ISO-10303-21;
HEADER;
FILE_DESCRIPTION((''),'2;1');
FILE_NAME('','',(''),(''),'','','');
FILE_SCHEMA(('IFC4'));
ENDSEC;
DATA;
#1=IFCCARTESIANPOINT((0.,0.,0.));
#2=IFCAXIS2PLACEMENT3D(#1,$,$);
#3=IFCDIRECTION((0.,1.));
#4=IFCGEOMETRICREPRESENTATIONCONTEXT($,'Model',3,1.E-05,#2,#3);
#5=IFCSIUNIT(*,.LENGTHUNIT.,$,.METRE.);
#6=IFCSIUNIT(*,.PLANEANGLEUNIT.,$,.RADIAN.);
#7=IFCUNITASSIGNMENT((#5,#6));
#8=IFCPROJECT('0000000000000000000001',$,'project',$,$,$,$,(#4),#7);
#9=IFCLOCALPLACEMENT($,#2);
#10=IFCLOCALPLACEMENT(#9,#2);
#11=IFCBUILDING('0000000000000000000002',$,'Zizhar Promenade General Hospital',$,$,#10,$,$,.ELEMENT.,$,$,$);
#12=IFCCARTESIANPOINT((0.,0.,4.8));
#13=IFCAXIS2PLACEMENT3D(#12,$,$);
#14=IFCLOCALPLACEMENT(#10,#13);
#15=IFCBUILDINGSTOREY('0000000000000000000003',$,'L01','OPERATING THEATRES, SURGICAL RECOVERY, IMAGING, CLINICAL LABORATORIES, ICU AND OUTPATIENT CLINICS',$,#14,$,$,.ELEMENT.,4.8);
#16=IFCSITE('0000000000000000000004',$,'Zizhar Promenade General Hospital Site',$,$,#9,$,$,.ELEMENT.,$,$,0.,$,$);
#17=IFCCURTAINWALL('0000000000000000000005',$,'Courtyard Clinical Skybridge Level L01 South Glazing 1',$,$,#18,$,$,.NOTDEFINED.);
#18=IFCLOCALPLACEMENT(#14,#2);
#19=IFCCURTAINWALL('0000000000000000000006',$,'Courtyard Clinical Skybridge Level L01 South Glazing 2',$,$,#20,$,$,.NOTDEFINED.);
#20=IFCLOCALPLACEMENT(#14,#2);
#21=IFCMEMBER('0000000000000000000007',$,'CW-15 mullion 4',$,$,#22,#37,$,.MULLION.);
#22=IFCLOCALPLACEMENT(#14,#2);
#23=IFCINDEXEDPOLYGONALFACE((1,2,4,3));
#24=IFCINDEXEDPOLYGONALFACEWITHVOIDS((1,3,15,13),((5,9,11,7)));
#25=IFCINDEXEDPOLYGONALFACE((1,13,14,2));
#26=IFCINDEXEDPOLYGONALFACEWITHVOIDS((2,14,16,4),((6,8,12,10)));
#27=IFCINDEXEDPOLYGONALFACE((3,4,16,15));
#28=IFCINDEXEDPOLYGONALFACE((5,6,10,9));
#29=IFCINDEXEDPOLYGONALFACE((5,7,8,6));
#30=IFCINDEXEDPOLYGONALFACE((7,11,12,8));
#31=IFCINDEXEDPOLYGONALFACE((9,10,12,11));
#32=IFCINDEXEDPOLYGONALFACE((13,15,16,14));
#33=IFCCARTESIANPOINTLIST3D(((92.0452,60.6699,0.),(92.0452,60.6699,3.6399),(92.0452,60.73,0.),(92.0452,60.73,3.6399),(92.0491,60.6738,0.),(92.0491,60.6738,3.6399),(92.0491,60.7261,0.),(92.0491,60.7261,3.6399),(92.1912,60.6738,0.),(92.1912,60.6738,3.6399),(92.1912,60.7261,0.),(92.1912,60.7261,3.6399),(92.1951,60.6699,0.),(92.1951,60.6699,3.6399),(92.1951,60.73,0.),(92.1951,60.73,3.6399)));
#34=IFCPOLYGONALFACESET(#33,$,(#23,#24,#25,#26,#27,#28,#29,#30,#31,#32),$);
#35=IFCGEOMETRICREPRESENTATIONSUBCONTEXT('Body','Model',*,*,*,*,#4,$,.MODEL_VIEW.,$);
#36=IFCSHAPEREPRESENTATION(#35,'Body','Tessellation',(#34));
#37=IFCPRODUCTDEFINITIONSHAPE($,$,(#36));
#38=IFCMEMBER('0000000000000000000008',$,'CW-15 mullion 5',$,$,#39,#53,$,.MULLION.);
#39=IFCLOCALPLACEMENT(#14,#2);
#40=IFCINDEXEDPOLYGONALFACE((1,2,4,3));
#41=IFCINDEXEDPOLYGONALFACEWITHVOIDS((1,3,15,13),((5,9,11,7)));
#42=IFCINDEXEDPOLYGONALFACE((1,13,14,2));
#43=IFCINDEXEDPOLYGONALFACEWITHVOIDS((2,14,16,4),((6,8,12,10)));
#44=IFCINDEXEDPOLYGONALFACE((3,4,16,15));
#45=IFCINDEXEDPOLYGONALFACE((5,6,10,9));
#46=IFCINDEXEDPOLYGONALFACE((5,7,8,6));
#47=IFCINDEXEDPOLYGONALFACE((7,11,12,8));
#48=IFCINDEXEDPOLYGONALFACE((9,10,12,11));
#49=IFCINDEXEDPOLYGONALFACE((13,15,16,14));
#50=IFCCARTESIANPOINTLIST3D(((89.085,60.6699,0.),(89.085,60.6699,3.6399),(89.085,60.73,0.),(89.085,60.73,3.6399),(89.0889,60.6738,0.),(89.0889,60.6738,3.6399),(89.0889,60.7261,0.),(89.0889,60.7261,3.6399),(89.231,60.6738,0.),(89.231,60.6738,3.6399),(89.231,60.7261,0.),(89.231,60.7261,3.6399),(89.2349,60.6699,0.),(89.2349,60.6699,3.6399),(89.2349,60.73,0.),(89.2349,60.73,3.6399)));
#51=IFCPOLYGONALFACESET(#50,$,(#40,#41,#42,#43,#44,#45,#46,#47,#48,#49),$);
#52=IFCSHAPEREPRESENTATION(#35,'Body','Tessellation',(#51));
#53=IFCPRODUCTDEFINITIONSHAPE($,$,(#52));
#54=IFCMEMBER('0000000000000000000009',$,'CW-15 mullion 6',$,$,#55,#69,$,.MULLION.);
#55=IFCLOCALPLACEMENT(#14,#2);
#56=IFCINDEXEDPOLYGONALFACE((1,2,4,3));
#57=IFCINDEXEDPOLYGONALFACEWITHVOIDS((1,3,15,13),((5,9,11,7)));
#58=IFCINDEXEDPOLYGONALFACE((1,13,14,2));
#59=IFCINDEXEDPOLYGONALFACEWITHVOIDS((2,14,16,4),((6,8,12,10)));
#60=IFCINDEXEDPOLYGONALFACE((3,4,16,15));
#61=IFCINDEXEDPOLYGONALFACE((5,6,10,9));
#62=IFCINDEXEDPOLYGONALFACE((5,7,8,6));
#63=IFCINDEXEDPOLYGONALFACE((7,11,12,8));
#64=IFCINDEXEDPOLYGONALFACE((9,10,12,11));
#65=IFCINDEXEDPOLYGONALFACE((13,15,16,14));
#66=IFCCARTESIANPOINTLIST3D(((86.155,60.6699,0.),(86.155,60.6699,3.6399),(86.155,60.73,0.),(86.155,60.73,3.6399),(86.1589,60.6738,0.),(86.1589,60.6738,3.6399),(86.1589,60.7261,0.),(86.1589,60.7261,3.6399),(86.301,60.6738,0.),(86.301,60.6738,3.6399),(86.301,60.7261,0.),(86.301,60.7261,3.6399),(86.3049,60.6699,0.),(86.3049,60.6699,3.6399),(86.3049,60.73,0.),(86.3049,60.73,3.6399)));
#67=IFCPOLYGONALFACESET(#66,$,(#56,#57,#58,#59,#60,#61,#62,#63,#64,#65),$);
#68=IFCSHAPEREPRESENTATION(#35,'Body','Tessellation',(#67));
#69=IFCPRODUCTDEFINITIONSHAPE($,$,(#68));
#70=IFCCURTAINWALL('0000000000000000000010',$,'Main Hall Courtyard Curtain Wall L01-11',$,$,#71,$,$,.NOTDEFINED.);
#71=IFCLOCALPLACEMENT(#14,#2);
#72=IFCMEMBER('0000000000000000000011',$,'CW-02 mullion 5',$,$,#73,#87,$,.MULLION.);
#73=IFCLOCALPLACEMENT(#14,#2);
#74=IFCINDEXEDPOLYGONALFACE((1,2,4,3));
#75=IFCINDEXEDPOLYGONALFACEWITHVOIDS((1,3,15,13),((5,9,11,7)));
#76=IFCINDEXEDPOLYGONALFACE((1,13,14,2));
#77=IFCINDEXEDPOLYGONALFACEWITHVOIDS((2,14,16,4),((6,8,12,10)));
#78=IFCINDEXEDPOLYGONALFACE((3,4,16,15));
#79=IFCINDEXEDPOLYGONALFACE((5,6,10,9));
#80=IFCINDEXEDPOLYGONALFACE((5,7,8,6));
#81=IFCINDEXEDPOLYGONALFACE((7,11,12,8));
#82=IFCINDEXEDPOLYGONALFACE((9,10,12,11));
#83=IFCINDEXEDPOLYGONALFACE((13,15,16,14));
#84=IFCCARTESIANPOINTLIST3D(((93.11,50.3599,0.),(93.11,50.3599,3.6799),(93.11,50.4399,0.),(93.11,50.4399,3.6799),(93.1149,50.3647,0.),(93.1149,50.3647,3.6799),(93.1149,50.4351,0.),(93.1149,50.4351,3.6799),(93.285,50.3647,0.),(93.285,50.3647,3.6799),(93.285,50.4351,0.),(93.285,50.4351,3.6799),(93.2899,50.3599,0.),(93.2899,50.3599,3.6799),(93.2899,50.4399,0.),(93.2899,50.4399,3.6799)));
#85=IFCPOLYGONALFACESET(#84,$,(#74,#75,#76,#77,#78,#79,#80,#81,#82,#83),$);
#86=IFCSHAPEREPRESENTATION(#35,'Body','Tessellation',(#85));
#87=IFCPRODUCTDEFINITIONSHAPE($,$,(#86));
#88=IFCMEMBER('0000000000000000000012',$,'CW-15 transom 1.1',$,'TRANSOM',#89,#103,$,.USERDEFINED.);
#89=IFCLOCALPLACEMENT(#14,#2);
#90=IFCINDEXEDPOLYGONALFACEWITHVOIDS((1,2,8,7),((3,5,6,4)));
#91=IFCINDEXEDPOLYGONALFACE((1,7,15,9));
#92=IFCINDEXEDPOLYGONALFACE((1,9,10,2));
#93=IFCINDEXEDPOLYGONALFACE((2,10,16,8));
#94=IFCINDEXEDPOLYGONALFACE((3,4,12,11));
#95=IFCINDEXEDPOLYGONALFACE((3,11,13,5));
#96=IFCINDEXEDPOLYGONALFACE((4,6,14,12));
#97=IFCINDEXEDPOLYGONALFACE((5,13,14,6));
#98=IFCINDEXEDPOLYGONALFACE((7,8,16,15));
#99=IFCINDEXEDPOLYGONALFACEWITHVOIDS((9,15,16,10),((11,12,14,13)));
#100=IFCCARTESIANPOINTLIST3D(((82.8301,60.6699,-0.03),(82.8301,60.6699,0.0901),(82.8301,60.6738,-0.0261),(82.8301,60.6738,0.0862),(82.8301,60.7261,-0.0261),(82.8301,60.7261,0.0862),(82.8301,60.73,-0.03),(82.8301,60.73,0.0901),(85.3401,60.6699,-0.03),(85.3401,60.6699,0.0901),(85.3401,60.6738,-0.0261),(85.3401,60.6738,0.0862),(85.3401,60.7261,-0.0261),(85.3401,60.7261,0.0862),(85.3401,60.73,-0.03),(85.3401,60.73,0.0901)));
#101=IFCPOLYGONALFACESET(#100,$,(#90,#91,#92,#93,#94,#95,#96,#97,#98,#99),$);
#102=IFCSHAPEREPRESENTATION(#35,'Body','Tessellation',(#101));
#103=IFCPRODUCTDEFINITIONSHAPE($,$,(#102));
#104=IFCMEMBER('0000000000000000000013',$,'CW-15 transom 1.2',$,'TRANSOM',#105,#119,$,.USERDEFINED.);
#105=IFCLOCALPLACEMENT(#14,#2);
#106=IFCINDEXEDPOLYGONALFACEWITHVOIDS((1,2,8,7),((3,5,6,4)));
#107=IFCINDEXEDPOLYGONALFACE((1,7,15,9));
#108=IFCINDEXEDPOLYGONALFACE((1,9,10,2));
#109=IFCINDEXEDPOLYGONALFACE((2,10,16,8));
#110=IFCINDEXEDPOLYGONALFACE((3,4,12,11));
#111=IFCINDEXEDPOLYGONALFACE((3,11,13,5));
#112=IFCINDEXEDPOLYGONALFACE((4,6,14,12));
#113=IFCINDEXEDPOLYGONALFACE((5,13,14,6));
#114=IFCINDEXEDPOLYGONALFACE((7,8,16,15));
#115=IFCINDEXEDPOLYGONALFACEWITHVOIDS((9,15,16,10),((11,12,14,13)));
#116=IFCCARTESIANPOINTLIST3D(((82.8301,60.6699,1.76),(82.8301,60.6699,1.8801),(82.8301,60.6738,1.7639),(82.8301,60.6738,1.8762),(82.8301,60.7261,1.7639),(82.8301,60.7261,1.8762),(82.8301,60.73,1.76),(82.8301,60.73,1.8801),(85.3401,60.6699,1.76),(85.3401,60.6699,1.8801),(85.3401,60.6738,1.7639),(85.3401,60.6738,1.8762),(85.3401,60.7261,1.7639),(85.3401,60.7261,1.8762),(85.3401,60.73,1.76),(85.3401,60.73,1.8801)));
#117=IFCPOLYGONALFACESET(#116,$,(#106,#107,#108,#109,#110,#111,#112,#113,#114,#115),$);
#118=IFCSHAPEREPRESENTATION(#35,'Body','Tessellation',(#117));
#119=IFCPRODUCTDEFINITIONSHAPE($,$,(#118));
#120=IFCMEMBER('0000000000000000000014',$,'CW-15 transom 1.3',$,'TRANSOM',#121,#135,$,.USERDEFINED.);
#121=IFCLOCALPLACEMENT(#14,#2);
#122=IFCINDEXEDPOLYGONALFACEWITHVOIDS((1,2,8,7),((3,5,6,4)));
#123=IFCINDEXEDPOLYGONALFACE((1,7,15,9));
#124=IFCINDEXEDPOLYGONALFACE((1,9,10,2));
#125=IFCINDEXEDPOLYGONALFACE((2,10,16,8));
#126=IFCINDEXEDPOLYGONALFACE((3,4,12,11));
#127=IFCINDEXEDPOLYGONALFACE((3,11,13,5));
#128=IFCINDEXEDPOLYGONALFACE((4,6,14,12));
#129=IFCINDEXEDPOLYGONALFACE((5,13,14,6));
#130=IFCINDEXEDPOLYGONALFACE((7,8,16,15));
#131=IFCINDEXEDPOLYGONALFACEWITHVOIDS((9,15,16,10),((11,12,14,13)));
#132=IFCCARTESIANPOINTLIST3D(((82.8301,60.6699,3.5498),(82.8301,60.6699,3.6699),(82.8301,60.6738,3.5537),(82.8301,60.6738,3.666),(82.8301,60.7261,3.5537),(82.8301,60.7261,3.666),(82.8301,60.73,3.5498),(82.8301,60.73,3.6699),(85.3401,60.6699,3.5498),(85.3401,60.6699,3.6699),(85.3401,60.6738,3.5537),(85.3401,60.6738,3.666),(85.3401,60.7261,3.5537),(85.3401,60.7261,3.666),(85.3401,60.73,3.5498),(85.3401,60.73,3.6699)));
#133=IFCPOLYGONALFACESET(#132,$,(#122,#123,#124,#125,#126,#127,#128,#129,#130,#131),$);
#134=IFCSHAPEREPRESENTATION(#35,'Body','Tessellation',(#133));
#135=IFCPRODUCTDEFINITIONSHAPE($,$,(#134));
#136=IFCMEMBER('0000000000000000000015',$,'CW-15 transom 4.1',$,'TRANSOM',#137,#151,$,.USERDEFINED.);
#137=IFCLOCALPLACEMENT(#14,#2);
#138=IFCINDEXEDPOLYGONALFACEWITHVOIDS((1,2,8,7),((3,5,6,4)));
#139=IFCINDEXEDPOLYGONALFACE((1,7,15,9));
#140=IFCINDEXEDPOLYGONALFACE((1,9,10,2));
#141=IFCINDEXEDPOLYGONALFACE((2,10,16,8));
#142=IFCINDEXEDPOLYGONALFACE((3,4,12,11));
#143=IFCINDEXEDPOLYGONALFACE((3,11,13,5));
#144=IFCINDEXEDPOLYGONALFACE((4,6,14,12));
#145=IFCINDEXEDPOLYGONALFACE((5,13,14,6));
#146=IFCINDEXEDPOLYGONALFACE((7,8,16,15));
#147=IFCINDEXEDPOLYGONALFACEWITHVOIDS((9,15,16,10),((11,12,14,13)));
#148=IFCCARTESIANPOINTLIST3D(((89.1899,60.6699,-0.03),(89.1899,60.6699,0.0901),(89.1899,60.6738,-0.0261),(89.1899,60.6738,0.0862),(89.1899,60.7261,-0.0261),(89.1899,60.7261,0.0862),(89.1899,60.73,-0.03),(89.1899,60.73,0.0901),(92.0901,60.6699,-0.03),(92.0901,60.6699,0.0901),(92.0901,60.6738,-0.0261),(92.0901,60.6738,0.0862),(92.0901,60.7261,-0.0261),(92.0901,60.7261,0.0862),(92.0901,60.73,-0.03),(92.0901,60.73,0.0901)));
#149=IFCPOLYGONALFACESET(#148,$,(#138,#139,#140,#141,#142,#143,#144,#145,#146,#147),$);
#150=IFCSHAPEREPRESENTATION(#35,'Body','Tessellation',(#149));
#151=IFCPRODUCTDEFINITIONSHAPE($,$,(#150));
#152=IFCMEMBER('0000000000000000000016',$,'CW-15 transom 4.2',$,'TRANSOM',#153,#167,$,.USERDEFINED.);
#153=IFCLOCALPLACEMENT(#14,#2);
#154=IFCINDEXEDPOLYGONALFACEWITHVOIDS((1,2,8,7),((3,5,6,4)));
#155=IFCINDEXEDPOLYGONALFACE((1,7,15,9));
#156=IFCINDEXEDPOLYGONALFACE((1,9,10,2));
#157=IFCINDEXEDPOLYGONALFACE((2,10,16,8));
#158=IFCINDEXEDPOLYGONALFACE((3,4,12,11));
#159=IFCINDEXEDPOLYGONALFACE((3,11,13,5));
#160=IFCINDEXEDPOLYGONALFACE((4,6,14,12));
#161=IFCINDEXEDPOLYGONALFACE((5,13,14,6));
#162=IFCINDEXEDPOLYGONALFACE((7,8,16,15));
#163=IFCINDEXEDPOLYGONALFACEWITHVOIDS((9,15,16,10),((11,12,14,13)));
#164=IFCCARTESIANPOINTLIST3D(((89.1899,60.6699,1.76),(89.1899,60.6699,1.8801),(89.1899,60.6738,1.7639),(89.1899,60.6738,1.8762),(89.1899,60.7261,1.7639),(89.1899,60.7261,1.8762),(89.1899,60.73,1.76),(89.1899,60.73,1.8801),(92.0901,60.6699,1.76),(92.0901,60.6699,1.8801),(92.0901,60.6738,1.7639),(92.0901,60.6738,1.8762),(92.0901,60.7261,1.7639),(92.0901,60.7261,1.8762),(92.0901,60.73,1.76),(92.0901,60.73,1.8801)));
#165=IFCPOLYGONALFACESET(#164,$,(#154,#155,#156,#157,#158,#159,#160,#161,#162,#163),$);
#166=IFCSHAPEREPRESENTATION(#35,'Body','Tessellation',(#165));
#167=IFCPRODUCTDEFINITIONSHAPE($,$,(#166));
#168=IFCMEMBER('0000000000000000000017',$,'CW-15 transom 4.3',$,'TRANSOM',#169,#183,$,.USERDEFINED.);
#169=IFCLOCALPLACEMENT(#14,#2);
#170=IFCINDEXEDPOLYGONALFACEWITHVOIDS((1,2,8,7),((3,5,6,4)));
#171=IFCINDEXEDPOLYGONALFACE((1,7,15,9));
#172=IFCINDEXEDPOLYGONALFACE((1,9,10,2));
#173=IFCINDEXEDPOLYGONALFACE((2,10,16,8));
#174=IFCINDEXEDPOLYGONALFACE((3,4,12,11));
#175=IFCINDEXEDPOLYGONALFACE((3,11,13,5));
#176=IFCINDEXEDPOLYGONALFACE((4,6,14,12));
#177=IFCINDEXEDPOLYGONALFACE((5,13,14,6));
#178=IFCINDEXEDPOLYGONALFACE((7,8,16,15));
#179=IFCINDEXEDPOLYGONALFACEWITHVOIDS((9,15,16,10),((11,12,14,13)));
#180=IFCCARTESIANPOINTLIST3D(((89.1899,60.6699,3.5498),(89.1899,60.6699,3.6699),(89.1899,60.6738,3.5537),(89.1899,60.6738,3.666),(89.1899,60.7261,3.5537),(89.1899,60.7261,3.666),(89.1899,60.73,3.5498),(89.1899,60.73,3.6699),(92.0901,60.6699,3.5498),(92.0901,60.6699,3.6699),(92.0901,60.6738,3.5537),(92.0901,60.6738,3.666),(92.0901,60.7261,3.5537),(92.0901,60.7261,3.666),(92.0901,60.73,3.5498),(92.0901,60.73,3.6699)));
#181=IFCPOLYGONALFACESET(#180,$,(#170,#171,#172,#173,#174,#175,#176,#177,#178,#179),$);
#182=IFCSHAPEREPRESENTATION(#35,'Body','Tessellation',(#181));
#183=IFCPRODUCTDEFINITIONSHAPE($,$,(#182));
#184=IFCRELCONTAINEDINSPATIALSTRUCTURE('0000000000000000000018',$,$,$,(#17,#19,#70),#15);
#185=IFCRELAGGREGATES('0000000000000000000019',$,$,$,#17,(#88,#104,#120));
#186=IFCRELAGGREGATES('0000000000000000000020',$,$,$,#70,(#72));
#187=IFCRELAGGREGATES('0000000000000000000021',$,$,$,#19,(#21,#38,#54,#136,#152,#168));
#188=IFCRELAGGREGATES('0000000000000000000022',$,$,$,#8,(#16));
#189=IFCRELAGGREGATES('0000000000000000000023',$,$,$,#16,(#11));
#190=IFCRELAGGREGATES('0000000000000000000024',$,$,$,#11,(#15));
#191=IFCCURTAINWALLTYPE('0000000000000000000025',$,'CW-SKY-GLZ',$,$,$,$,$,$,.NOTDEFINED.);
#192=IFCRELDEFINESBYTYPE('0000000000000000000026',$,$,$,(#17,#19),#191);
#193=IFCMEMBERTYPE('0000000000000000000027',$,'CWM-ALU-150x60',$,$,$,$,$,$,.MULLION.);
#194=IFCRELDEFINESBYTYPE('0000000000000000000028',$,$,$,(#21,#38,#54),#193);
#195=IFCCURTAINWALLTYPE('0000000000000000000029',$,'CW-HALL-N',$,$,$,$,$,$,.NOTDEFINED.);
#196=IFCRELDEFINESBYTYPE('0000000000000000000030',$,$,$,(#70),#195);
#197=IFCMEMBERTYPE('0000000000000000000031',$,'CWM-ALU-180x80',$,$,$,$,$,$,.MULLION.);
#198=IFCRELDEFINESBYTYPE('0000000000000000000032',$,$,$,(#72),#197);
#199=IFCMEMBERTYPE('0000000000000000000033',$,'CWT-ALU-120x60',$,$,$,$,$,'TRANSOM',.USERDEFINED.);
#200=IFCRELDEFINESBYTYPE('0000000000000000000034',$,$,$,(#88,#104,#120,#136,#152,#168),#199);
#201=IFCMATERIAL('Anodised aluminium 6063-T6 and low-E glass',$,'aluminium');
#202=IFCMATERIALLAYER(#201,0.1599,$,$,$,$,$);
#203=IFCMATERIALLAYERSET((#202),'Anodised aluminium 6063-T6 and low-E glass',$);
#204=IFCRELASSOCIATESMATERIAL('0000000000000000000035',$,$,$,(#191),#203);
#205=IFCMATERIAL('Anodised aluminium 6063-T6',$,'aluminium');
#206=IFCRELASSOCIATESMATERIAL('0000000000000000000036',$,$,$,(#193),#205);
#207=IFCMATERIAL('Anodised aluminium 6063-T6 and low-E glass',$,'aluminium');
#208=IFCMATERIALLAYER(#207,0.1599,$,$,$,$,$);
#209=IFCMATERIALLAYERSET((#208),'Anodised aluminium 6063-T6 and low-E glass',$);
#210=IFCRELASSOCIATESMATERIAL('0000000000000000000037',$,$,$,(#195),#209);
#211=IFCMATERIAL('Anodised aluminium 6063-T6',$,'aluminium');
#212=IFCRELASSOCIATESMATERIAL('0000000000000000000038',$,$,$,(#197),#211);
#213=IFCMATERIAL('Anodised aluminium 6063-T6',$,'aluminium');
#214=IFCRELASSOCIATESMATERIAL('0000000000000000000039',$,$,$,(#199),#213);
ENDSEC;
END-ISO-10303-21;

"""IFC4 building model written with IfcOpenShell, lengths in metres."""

from ifc_helpers import new_model, si_unit, direction, frame, origin, origin_2d, place, context, subcontext, project, spatial, hollow_rectangle, extrude, material, layer, layer_set, material_profile, profile_set, type_object, element, aggregate, save


model = new_model("IFC4")

# Units and contexts
model_context = context("Model", 3, precision=1e-05, world=origin(), true_north=direction((0.0, 1.0)))
body_context = subcontext(model_context, "Body", "Model", "MODEL_VIEW")
ifc_project = project(units=[si_unit("LENGTHUNIT", "METRE"), si_unit("PLANEANGLEUNIT", "RADIAN")], contexts=[model_context])

# Site, building, storey
site_placement = place(None, origin())
site = spatial("IfcSite", under=ifc_project, at=site_placement, Name="Zizhar Promenade General Hospital Site", CompositionType="ELEMENT", RefElevation=0.0)
building_placement = place(site_placement, origin())
building = spatial("IfcBuilding", under=site, at=building_placement, Name="Zizhar Promenade General Hospital", CompositionType="ELEMENT")
storey_placement = place(building_placement, frame((0.0, 0.0, 4.8)))
storey = spatial("IfcBuildingStorey", under=building, at=storey_placement, Name="L01", Description="OPERATING THEATRES, SURGICAL RECOVERY, IMAGING, CLINICAL LABORATORIES, ICU AND OUTPATIENT CLINICS", CompositionType="ELEMENT", Elevation=4.8)

# Curtain wall
ifc_material_1 = material(Name="Anodised aluminium 6063-T6 and low-E glass", Category="aluminium")
ifc_layer_1 = layer(ifc_material_1, 0.1599)
ifc_layer_set_1 = layer_set([ifc_layer_1], Name="Anodised aluminium 6063-T6 and low-E glass")
curtain_wall_type_1 = type_object("IfcCurtainWallType", Name="CW-SKY-GLZ", PredefinedType="NOTDEFINED", material=ifc_layer_set_1)
curtain_wall_1_placement = place(storey_placement, origin())
curtain_wall_1 = element("IfcCurtainWall", 1, at=curtain_wall_1_placement, inside=storey, type_object=curtain_wall_type_1, Name="Courtyard Clinical Skybridge Level L01 South Glazing 1", PredefinedType="NOTDEFINED")
ifc_material_2 = material(Name="Anodised aluminium 6063-T6", Category="aluminium")
ifc_material_profile_1 = material_profile(ifc_material_2, hollow_rectangle(XDim=0.0601, YDim=0.1499, WallThickness=0.0039, at=origin_2d()))
ifc_profile_set_1 = profile_set([ifc_material_profile_1], Name="Anodised aluminium 6063-T6")
member_type_1 = type_object("IfcMemberType", Name="CWM-ALU-150x60", PredefinedType="MULLION", material=ifc_profile_set_1)

# Curtain wall, members
curtain_wall_2_placement = place(storey_placement, origin())
curtain_wall_2 = element("IfcCurtainWall", 2, at=curtain_wall_2_placement, inside=storey, type_object=curtain_wall_type_1, Name="Courtyard Clinical Skybridge Level L01 South Glazing 2", PredefinedType="NOTDEFINED")
member_1_placement = place(storey_placement, frame((92.1201, 60.7, 0.0), z_axis=(0.0, 0.0, 1.0), x_axis=(0.0, -1.0, 0.0)))
member_1 = element("IfcMember", 3, at=member_1_placement, type_object=member_type_1, Name="CW-15 mullion 4", PredefinedType="MULLION", context=body_context, shape_type="SweptSolid", body=[
    extrude(hollow_rectangle(XDim=0.0601, YDim=0.1499, WallThickness=0.0039, at=origin_2d()), origin(), (0.0, 0.0, 1.0), 3.6399),
])
member_2_placement = place(storey_placement, frame((89.1599, 60.7, 0.0), z_axis=(0.0, 0.0, 1.0), x_axis=(0.0, -1.0, 0.0)))
member_2 = element("IfcMember", 4, at=member_2_placement, type_object=member_type_1, Name="CW-15 mullion 5", PredefinedType="MULLION", context=body_context, shape_type="SweptSolid", body=[
    extrude(hollow_rectangle(XDim=0.0601, YDim=0.1499, WallThickness=0.0039, at=origin_2d()), origin(), (0.0, 0.0, 1.0), 3.6399),
])
member_3_placement = place(storey_placement, frame((86.23, 60.7, 0.0), z_axis=(0.0, 0.0, 1.0), x_axis=(0.0, -1.0, 0.0)))
member_3 = element("IfcMember", 5, at=member_3_placement, type_object=member_type_1, Name="CW-15 mullion 6", PredefinedType="MULLION", context=body_context, shape_type="SweptSolid", body=[
    extrude(hollow_rectangle(XDim=0.0601, YDim=0.1499, WallThickness=0.0039, at=origin_2d()), origin(), (0.0, 0.0, 1.0), 3.6399),
])

# Curtain wall, member
ifc_material_3 = material(Name="Anodised aluminium 6063-T6 and low-E glass", Category="aluminium")
ifc_layer_2 = layer(ifc_material_3, 0.1599)
ifc_layer_set_2 = layer_set([ifc_layer_2], Name="Anodised aluminium 6063-T6 and low-E glass")
curtain_wall_type_2 = type_object("IfcCurtainWallType", Name="CW-HALL-N", PredefinedType="NOTDEFINED", material=ifc_layer_set_2)
curtain_wall_3_placement = place(storey_placement, origin())
curtain_wall_3 = element("IfcCurtainWall", 6, at=curtain_wall_3_placement, inside=storey, type_object=curtain_wall_type_2, Name="Main Hall Courtyard Curtain Wall L01-11", PredefinedType="NOTDEFINED")
ifc_material_4 = material(Name="Anodised aluminium 6063-T6", Category="aluminium")
ifc_material_profile_2 = material_profile(ifc_material_4, hollow_rectangle(XDim=0.0801, YDim=0.1799, WallThickness=0.0049, at=origin_2d()))
ifc_profile_set_2 = profile_set([ifc_material_profile_2], Name="Anodised aluminium 6063-T6")
member_type_2 = type_object("IfcMemberType", Name="CWM-ALU-180x80", PredefinedType="MULLION", material=ifc_profile_set_2)
member_4_placement = place(storey_placement, frame((93.2, 50.3999, 0.0), z_axis=(0.0, 0.0, 1.0), x_axis=(0.0, 1.0, 0.0)))
member_4 = element("IfcMember", 7, at=member_4_placement, type_object=member_type_2, Name="CW-02 mullion 5", PredefinedType="MULLION", context=body_context, shape_type="SweptSolid", body=[
    extrude(hollow_rectangle(XDim=0.0801, YDim=0.1799, WallThickness=0.0049, at=origin_2d()), origin(), (0.0, 0.0, 1.0), 3.6799),
])

# Members
ifc_material_5 = material(Name="Anodised aluminium 6063-T6", Category="aluminium")
ifc_material_profile_3 = material_profile(ifc_material_5, hollow_rectangle(XDim=0.0601, YDim=0.1201, WallThickness=0.0039, at=origin_2d()))
ifc_profile_set_3 = profile_set([ifc_material_profile_3], Name="Anodised aluminium 6063-T6")
member_type_3 = type_object("IfcMemberType", Name="CWT-ALU-120x60", ElementType="TRANSOM", PredefinedType="USERDEFINED", material=ifc_profile_set_3)
member_5_placement = place(storey_placement, frame((85.3401, 60.7, 0.03), z_axis=(-1.0, 0.0, 0.0), x_axis=(0.0, -1.0, 0.0)))
member_5 = element("IfcMember", 8, at=member_5_placement, type_object=member_type_3, Name="CW-15 transom 1.1", ObjectType="TRANSOM", PredefinedType="USERDEFINED", context=body_context, shape_type="SweptSolid", body=[
    extrude(hollow_rectangle(XDim=0.0601, YDim=0.1201, WallThickness=0.0039, at=origin_2d()), origin(), (0.0, 0.0, 1.0), 2.51),
])
member_6_placement = place(storey_placement, frame((85.3401, 60.7, 1.8201), z_axis=(-1.0, 0.0, 0.0), x_axis=(0.0, -1.0, 0.0)))
member_6 = element("IfcMember", 9, at=member_6_placement, type_object=member_type_3, Name="CW-15 transom 1.2", ObjectType="TRANSOM", PredefinedType="USERDEFINED", context=body_context, shape_type="SweptSolid", body=[
    extrude(hollow_rectangle(XDim=0.0601, YDim=0.1201, WallThickness=0.0039, at=origin_2d()), origin(), (0.0, 0.0, 1.0), 2.51),
])
member_7_placement = place(storey_placement, frame((85.3401, 60.7, 3.6099), z_axis=(-1.0, 0.0, 0.0), x_axis=(0.0, -1.0, 0.0)))
member_7 = element("IfcMember", 10, at=member_7_placement, type_object=member_type_3, Name="CW-15 transom 1.3", ObjectType="TRANSOM", PredefinedType="USERDEFINED", context=body_context, shape_type="SweptSolid", body=[
    extrude(hollow_rectangle(XDim=0.0601, YDim=0.1201, WallThickness=0.0039, at=origin_2d()), origin(), (0.0, 0.0, 1.0), 2.51),
])
aggregate(curtain_wall_1, [member_5, member_6, member_7])
member_8_placement = place(storey_placement, frame((92.0901, 60.7, 0.03), z_axis=(-1.0, 0.0, 0.0), x_axis=(0.0, -1.0, 0.0)))
member_8 = element("IfcMember", 11, at=member_8_placement, type_object=member_type_3, Name="CW-15 transom 4.1", ObjectType="TRANSOM", PredefinedType="USERDEFINED", context=body_context, shape_type="SweptSolid", body=[
    extrude(hollow_rectangle(XDim=0.0601, YDim=0.1201, WallThickness=0.0039, at=origin_2d()), origin(), (0.0, 0.0, 1.0), 2.9001),
])
member_9_placement = place(storey_placement, frame((92.0901, 60.7, 1.8201), z_axis=(-1.0, 0.0, 0.0), x_axis=(0.0, -1.0, 0.0)))
member_9 = element("IfcMember", 12, at=member_9_placement, type_object=member_type_3, Name="CW-15 transom 4.2", ObjectType="TRANSOM", PredefinedType="USERDEFINED", context=body_context, shape_type="SweptSolid", body=[
    extrude(hollow_rectangle(XDim=0.0601, YDim=0.1201, WallThickness=0.0039, at=origin_2d()), origin(), (0.0, 0.0, 1.0), 2.9001),
])
member_10_placement = place(storey_placement, frame((92.0901, 60.7, 3.6099), z_axis=(-1.0, 0.0, 0.0), x_axis=(0.0, -1.0, 0.0)))
member_10 = element("IfcMember", 13, at=member_10_placement, type_object=member_type_3, Name="CW-15 transom 4.3", ObjectType="TRANSOM", PredefinedType="USERDEFINED", context=body_context, shape_type="SweptSolid", body=[
    extrude(hollow_rectangle(XDim=0.0601, YDim=0.1201, WallThickness=0.0039, at=origin_2d()), origin(), (0.0, 0.0, 1.0), 2.9001),
])

aggregate(curtain_wall_3, [member_4])
aggregate(curtain_wall_2, [member_1, member_2, member_3, member_8, member_9, member_10])

save(model, "model.ifc")
